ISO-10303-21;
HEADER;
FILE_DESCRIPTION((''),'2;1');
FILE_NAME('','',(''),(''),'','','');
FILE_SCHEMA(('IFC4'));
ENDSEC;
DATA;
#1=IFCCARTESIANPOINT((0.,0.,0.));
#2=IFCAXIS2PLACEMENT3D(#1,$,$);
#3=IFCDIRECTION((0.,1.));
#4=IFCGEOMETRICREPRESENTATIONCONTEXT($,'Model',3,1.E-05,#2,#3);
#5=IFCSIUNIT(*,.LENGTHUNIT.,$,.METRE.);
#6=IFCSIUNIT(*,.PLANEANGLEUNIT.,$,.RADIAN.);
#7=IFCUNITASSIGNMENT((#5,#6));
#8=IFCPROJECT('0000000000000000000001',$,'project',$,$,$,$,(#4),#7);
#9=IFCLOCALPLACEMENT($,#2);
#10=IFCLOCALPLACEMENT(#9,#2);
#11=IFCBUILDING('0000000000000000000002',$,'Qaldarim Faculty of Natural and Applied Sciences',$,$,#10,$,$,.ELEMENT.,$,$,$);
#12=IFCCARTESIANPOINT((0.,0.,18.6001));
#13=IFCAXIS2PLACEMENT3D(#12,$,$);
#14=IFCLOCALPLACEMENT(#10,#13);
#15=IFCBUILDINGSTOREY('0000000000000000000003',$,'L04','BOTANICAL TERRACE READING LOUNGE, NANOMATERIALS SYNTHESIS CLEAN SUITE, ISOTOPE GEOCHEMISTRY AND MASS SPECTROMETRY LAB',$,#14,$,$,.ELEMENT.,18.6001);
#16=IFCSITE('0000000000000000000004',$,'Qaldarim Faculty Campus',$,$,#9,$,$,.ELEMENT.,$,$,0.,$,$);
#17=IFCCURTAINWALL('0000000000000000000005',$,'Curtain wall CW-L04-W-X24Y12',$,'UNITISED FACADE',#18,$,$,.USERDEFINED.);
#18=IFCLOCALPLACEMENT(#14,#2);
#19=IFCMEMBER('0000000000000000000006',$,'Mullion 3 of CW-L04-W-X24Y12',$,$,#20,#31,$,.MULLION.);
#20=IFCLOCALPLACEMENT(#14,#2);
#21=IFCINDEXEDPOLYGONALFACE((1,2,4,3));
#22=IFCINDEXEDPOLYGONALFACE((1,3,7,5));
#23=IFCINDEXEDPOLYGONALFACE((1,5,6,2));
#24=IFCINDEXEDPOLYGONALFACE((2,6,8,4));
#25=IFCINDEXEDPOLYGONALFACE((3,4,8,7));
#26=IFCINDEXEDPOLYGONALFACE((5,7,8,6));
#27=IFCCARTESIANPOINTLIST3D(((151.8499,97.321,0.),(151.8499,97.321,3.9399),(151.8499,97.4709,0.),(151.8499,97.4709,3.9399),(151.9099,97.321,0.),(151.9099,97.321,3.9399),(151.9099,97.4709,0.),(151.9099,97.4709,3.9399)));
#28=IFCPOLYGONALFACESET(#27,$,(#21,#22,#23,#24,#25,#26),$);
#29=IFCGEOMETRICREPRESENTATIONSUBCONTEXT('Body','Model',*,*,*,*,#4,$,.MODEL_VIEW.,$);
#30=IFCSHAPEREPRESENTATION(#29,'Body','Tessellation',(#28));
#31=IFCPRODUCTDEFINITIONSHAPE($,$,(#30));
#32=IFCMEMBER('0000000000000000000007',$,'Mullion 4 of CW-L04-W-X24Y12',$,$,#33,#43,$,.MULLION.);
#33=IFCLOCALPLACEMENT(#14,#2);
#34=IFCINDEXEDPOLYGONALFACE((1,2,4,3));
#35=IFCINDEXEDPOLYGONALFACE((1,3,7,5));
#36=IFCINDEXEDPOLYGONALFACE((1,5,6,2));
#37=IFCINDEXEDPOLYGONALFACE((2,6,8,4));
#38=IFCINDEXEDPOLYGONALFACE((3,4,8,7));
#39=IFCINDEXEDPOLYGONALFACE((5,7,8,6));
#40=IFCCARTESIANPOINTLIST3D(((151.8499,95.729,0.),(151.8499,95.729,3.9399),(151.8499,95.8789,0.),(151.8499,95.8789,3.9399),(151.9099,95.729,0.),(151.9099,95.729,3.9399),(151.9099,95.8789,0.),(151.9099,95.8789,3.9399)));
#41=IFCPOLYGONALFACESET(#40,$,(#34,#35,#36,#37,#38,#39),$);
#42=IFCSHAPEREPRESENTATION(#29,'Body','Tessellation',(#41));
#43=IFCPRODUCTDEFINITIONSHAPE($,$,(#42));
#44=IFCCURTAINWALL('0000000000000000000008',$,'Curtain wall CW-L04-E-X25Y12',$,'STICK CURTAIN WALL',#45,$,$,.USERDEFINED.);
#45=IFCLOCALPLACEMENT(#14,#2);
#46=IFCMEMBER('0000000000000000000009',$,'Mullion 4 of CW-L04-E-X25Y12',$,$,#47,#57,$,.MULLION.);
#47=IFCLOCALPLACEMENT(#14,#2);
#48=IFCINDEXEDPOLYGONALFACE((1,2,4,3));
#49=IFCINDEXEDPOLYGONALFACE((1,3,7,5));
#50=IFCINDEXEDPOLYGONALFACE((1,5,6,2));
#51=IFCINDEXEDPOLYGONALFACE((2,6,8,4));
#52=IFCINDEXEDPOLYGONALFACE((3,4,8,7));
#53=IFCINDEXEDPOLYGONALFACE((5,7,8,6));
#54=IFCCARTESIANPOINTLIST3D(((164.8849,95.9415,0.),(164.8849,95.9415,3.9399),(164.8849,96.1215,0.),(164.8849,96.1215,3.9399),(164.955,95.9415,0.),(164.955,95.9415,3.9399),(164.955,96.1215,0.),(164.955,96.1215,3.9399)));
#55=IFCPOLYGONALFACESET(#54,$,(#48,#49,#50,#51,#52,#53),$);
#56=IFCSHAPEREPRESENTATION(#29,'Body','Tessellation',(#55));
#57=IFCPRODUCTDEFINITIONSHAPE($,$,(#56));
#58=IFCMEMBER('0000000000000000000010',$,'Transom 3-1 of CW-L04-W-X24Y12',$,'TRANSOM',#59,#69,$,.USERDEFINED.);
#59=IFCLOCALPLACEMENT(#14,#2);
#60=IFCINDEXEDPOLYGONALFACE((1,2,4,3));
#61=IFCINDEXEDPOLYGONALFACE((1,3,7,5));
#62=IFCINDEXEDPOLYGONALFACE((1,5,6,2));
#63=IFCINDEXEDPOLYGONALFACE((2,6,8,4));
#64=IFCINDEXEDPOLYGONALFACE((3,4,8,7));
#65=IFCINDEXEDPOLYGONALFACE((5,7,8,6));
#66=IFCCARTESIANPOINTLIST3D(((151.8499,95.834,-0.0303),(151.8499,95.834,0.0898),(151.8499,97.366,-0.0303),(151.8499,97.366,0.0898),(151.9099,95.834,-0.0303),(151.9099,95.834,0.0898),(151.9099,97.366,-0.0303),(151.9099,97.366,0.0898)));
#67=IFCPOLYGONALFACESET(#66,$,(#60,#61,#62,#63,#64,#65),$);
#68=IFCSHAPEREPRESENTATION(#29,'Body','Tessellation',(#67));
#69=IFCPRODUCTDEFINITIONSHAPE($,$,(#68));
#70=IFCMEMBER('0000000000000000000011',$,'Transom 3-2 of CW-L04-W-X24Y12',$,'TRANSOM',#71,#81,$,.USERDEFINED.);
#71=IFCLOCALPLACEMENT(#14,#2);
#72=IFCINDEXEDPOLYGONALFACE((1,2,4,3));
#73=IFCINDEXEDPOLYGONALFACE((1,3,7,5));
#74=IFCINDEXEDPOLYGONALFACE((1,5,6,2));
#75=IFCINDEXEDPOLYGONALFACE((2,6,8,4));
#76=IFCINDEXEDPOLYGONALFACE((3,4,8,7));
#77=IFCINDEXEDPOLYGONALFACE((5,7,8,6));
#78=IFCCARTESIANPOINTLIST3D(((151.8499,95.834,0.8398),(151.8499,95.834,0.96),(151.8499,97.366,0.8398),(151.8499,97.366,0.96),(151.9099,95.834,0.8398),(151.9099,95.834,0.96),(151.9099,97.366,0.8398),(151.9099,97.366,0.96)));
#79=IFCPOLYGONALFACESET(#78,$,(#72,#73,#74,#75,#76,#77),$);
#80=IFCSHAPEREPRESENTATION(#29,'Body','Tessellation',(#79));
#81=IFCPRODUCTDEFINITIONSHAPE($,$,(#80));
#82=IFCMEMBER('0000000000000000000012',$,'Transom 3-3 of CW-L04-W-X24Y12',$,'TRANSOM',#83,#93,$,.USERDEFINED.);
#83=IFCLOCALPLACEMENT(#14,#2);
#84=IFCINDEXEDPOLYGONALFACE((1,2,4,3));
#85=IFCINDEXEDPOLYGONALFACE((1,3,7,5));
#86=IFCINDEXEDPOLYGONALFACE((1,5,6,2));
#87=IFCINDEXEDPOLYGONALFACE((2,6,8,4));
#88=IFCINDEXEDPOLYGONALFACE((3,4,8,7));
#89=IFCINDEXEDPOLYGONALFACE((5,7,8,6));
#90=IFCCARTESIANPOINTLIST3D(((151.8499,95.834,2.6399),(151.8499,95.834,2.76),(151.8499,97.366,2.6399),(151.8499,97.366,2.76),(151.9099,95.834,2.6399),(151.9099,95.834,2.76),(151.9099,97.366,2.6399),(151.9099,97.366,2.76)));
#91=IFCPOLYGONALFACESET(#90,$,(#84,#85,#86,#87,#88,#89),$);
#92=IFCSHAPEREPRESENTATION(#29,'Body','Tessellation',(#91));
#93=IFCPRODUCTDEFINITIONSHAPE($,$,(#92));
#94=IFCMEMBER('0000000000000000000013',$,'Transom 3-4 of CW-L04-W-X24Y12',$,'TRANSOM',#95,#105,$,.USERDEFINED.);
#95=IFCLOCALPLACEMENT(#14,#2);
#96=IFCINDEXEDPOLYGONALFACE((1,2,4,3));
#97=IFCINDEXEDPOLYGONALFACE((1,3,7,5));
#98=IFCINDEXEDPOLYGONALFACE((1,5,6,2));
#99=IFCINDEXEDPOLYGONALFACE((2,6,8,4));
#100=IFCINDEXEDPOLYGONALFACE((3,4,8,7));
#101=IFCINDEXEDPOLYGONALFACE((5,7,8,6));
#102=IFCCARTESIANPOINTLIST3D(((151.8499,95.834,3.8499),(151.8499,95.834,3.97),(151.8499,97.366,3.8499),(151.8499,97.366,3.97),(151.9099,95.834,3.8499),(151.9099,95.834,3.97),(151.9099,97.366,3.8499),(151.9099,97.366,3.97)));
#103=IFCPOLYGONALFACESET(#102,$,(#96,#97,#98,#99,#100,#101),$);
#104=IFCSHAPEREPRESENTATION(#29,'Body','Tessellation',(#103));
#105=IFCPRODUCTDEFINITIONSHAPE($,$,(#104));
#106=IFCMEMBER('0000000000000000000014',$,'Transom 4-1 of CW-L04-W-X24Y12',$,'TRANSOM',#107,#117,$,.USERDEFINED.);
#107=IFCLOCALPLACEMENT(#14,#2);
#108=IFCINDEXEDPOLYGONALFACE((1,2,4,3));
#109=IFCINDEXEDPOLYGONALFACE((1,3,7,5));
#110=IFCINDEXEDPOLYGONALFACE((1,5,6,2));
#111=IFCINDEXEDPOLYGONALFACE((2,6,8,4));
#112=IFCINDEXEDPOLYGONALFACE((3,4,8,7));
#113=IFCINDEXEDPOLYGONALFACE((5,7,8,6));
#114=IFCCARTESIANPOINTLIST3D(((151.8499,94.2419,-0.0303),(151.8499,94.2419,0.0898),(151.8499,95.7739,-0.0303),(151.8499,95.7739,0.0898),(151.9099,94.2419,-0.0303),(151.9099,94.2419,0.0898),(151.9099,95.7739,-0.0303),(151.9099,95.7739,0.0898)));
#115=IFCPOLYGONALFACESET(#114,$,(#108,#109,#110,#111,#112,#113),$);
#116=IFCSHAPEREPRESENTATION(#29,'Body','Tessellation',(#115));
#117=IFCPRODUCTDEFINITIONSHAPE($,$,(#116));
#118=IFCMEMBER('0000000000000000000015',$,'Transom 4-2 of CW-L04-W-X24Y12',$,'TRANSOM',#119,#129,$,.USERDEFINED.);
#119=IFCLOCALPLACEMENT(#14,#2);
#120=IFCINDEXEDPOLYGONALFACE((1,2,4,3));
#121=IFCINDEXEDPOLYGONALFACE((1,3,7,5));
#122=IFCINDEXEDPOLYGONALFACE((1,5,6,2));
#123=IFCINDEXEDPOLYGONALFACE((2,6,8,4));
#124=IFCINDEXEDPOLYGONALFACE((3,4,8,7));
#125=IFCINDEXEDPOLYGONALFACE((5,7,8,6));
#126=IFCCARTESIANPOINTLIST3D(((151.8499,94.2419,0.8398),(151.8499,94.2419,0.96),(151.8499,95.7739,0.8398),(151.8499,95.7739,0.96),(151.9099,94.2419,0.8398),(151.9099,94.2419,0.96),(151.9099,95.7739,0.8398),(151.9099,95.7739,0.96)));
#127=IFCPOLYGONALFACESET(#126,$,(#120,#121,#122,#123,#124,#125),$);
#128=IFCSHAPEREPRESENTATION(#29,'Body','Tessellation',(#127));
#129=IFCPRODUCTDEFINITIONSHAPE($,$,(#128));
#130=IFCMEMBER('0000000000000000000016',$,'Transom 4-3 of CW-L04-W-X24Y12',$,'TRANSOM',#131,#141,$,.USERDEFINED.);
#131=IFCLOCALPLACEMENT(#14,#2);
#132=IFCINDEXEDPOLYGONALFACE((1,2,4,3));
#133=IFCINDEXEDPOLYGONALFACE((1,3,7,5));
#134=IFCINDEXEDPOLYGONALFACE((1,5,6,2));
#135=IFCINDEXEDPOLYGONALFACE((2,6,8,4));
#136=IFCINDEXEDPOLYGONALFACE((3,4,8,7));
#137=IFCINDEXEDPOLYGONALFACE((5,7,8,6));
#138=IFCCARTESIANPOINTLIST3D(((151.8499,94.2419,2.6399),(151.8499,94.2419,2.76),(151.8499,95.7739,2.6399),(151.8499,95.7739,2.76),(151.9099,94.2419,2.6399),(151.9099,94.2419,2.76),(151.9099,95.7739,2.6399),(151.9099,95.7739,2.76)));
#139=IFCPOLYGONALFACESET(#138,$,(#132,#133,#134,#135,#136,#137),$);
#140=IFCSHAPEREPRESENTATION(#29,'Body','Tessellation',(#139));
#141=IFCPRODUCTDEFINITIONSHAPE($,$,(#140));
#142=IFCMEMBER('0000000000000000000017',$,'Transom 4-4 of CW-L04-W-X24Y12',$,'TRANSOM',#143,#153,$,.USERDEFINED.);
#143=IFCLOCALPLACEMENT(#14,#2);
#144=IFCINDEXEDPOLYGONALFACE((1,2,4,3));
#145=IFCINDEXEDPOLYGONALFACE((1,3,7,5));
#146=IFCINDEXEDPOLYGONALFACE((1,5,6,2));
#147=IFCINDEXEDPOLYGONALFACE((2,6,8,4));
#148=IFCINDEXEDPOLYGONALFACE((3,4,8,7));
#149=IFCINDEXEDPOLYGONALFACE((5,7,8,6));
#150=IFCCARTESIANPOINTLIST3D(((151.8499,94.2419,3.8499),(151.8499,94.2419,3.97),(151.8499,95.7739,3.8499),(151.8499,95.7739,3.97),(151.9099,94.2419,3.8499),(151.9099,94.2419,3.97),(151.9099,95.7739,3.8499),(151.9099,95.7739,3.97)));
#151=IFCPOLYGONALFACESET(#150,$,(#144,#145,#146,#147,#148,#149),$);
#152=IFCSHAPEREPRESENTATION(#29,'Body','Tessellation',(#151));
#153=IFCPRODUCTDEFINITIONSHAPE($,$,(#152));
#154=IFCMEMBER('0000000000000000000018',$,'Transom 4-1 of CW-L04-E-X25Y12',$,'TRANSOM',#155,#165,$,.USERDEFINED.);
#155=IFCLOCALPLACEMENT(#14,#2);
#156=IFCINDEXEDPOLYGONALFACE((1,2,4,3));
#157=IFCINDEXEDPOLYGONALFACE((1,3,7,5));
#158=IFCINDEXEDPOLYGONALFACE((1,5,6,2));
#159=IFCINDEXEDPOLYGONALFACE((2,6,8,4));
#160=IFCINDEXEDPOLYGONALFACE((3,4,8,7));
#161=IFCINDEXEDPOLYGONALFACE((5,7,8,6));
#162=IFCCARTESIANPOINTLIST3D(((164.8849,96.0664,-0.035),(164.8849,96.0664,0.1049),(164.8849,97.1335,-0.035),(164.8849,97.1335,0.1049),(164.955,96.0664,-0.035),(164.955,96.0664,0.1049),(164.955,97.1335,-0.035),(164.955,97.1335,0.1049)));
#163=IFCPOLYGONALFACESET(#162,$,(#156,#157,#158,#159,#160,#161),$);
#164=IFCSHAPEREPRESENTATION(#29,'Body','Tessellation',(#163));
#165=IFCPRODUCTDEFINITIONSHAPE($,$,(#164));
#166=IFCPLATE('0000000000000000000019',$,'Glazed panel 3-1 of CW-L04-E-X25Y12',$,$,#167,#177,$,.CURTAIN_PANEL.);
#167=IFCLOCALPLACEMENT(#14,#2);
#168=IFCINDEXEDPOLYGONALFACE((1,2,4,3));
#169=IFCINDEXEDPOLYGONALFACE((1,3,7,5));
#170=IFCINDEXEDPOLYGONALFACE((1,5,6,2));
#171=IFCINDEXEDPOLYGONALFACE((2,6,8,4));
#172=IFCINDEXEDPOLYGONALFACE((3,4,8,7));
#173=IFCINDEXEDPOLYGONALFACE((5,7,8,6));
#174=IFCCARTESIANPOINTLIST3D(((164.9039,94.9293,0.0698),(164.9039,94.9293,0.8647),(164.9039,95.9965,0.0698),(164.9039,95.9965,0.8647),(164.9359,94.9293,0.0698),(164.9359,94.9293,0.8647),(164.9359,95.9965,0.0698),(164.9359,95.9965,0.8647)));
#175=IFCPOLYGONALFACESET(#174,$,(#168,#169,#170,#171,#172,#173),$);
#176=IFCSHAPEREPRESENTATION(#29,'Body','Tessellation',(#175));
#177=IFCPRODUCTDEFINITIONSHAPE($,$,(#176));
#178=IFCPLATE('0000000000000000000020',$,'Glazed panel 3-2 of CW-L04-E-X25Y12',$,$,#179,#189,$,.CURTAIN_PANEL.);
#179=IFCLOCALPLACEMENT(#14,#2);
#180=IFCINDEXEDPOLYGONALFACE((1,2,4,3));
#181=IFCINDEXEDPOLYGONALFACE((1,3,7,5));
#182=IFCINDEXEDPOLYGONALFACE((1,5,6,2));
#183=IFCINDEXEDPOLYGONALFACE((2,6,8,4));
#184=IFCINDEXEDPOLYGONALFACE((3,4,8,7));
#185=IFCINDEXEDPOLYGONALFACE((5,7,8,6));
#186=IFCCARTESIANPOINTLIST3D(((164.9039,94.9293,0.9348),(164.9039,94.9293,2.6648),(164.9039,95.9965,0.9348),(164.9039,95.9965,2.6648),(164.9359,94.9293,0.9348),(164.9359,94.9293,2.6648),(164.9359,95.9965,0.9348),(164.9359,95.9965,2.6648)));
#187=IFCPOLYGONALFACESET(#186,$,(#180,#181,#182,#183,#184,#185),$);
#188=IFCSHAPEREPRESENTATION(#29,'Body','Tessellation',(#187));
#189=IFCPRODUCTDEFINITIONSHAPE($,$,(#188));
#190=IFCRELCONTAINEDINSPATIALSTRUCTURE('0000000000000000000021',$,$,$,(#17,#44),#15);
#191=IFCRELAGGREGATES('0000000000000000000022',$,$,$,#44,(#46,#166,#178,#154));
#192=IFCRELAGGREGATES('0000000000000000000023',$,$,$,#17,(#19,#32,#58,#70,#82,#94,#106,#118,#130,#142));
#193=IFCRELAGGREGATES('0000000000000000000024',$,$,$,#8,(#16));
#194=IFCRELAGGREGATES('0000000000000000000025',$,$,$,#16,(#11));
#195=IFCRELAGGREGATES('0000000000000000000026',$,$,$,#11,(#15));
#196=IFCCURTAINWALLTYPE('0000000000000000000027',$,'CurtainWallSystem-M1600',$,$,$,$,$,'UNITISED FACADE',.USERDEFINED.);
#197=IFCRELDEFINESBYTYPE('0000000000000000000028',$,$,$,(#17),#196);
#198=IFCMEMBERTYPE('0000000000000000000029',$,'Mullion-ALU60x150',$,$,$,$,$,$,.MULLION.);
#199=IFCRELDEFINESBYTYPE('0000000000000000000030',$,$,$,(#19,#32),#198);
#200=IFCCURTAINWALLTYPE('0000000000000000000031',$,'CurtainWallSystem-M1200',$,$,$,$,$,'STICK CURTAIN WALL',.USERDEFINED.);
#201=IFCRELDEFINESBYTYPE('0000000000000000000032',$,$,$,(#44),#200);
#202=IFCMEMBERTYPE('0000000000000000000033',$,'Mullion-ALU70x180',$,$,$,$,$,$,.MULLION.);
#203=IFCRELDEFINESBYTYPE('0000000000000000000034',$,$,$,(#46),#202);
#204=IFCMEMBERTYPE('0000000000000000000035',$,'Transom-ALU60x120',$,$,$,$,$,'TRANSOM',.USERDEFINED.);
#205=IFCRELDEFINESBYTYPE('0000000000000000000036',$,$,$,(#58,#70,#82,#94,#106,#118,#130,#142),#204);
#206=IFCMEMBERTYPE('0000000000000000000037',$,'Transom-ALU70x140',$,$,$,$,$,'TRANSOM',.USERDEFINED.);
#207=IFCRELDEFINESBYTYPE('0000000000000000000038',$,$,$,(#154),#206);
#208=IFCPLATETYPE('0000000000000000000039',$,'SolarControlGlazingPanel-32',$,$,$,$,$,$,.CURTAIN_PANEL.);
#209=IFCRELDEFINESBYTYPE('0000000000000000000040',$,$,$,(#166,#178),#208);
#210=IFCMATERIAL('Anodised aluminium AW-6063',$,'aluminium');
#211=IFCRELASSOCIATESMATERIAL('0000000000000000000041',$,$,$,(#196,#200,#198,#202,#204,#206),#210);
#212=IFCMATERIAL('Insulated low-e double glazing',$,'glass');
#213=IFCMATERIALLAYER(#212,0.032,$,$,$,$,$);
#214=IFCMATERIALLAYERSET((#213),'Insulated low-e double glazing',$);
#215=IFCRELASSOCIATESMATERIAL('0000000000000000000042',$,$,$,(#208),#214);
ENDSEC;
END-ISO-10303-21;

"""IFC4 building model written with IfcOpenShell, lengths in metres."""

from ifc_helpers import new_model, si_unit, direction, frame, origin, origin_2d, place, context, subcontext, project, spatial, rectangle, extrude, material, layer, layer_set, material_profile, profile_set, type_object, element, aggregate, save


model = new_model("IFC4")

# Units and contexts
model_context = context("Model", 3, precision=1e-05, world=origin(), true_north=direction((0.0, 1.0)))
body_context = subcontext(model_context, "Body", "Model", "MODEL_VIEW")
ifc_project = project(units=[si_unit("LENGTHUNIT", "METRE"), si_unit("PLANEANGLEUNIT", "RADIAN")], contexts=[model_context])

# Site, building, storey
site_placement = place(None, origin())
site = spatial("IfcSite", under=ifc_project, at=site_placement, Name="Qaldarim Faculty Campus", CompositionType="ELEMENT", RefElevation=0.0)
building_placement = place(site_placement, origin())
building = spatial("IfcBuilding", under=site, at=building_placement, Name="Qaldarim Faculty of Natural and Applied Sciences", CompositionType="ELEMENT")
storey_placement = place(building_placement, frame((0.0, 0.0, 18.6001)))
storey = spatial("IfcBuildingStorey", under=building, at=storey_placement, Name="L04", Description="BOTANICAL TERRACE READING LOUNGE, NANOMATERIALS SYNTHESIS CLEAN SUITE, ISOTOPE GEOCHEMISTRY AND MASS SPECTROMETRY LAB", CompositionType="ELEMENT", Elevation=18.6001)

# Curtain wall, members
ifc_material_1 = material(Name="Anodised aluminium AW-6063", Category="aluminium")
curtain_wall_type_1 = type_object("IfcCurtainWallType", Name="CurtainWallSystem-M1600", ElementType="UNITISED FACADE", PredefinedType="USERDEFINED", material=ifc_material_1)
curtain_wall_1_placement = place(storey_placement, origin())
curtain_wall_1 = element("IfcCurtainWall", 1, at=curtain_wall_1_placement, inside=storey, type_object=curtain_wall_type_1, Name="Curtain wall CW-L04-W-X24Y12", ObjectType="UNITISED FACADE", PredefinedType="USERDEFINED")
ifc_material_profile_1 = material_profile(ifc_material_1, rectangle(XDim=0.0601, YDim=0.1499, at=origin_2d()), Name="ALU-M60x150")
ifc_profile_set_1 = profile_set([ifc_material_profile_1], Name="Anodised aluminium AW-6063")
member_type_1 = type_object("IfcMemberType", Name="Mullion-ALU60x150", PredefinedType="MULLION", material=ifc_profile_set_1)
member_1_placement = place(storey_placement, frame((151.8799, 97.396, 0.0), z_axis=(0.0, 0.0, 1.0), x_axis=(1.0, 0.0, 0.0)))
member_1 = element("IfcMember", 2, at=member_1_placement, type_object=member_type_1, Name="Mullion 3 of CW-L04-W-X24Y12", PredefinedType="MULLION", context=body_context, shape_type="SweptSolid", body=[
    extrude(rectangle(XDim=0.0601, YDim=0.1499, at=origin_2d()), origin(), (0.0, 0.0, 1.0), 3.9399),
])
member_2_placement = place(storey_placement, frame((151.8799, 95.804, 0.0), z_axis=(0.0, 0.0, 1.0), x_axis=(1.0, 0.0, 0.0)))
member_2 = element("IfcMember", 3, at=member_2_placement, type_object=member_type_1, Name="Mullion 4 of CW-L04-W-X24Y12", PredefinedType="MULLION", context=body_context, shape_type="SweptSolid", body=[
    extrude(rectangle(XDim=0.0601, YDim=0.1499, at=origin_2d()), origin(), (0.0, 0.0, 1.0), 3.9399),
])

# Curtain wall, member
curtain_wall_type_2 = type_object("IfcCurtainWallType", Name="CurtainWallSystem-M1200", ElementType="STICK CURTAIN WALL", PredefinedType="USERDEFINED", material=ifc_material_1)
curtain_wall_2_placement = place(storey_placement, origin())
curtain_wall_2 = element("IfcCurtainWall", 4, at=curtain_wall_2_placement, inside=storey, type_object=curtain_wall_type_2, Name="Curtain wall CW-L04-E-X25Y12", ObjectType="STICK CURTAIN WALL", PredefinedType="USERDEFINED")
ifc_material_profile_2 = material_profile(ifc_material_1, rectangle(XDim=0.0701, YDim=0.1799, at=origin_2d()), Name="ALU-M70x180")
ifc_profile_set_2 = profile_set([ifc_material_profile_2], Name="Anodised aluminium AW-6063")
member_type_2 = type_object("IfcMemberType", Name="Mullion-ALU70x180", PredefinedType="MULLION", material=ifc_profile_set_2)
member_3_placement = place(storey_placement, frame((164.9199, 96.0315, 0.0), z_axis=(0.0, 0.0, 1.0), x_axis=(-1.0, 0.0, 0.0)))
member_3 = element("IfcMember", 5, at=member_3_placement, type_object=member_type_2, Name="Mullion 4 of CW-L04-E-X25Y12", PredefinedType="MULLION", context=body_context, shape_type="SweptSolid", body=[
    extrude(rectangle(XDim=0.0701, YDim=0.1799, at=origin_2d()), origin(), (0.0, 0.0, 1.0), 3.9399),
])

# Members
ifc_material_profile_3 = material_profile(ifc_material_1, rectangle(XDim=0.0601, YDim=0.1201, at=origin_2d()), Name="ALU-T60x120")
ifc_profile_set_3 = profile_set([ifc_material_profile_3], Name="Anodised aluminium AW-6063")
member_type_3 = type_object("IfcMemberType", Name="Transom-ALU60x120", ElementType="TRANSOM", PredefinedType="USERDEFINED", material=ifc_profile_set_3)
member_4_placement = place(storey_placement, frame((151.8799, 97.366, 0.0298), z_axis=(0.0, -1.0, 0.0), x_axis=(1.0, 0.0, 0.0)))
member_4 = element("IfcMember", 6, at=member_4_placement, type_object=member_type_3, Name="Transom 3-1 of CW-L04-W-X24Y12", ObjectType="TRANSOM", PredefinedType="USERDEFINED", context=body_context, shape_type="SweptSolid", body=[
    extrude(rectangle(XDim=0.0601, YDim=0.1201, at=origin_2d()), origin(), (0.0, 0.0, 1.0), 1.532),
])
member_5_placement = place(storey_placement, frame((151.8799, 97.366, 0.8999), z_axis=(0.0, -1.0, 0.0), x_axis=(1.0, 0.0, 0.0)))
member_5 = element("IfcMember", 7, at=member_5_placement, type_object=member_type_3, Name="Transom 3-2 of CW-L04-W-X24Y12", ObjectType="TRANSOM", PredefinedType="USERDEFINED", context=body_context, shape_type="SweptSolid", body=[
    extrude(rectangle(XDim=0.0601, YDim=0.1201, at=origin_2d()), origin(), (0.0, 0.0, 1.0), 1.532),
])
member_6_placement = place(storey_placement, frame((151.8799, 97.366, 2.7), z_axis=(0.0, -1.0, 0.0), x_axis=(1.0, 0.0, 0.0)))
member_6 = element("IfcMember", 8, at=member_6_placement, type_object=member_type_3, Name="Transom 3-3 of CW-L04-W-X24Y12", ObjectType="TRANSOM", PredefinedType="USERDEFINED", context=body_context, shape_type="SweptSolid", body=[
    extrude(rectangle(XDim=0.0601, YDim=0.1201, at=origin_2d()), origin(), (0.0, 0.0, 1.0), 1.532),
])
member_7_placement = place(storey_placement, frame((151.8799, 97.366, 3.9099), z_axis=(0.0, -1.0, 0.0), x_axis=(1.0, 0.0, 0.0)))
member_7 = element("IfcMember", 9, at=member_7_placement, type_object=member_type_3, Name="Transom 3-4 of CW-L04-W-X24Y12", ObjectType="TRANSOM", PredefinedType="USERDEFINED", context=body_context, shape_type="SweptSolid", body=[
    extrude(rectangle(XDim=0.0601, YDim=0.1201, at=origin_2d()), origin(), (0.0, 0.0, 1.0), 1.532),
])
member_8_placement = place(storey_placement, frame((151.8799, 95.7739, 0.0298), z_axis=(0.0, -1.0, 0.0), x_axis=(1.0, 0.0, 0.0)))
member_8 = element("IfcMember", 10, at=member_8_placement, type_object=member_type_3, Name="Transom 4-1 of CW-L04-W-X24Y12", ObjectType="TRANSOM", PredefinedType="USERDEFINED", context=body_context, shape_type="SweptSolid", body=[
    extrude(rectangle(XDim=0.0601, YDim=0.1201, at=origin_2d()), origin(), (0.0, 0.0, 1.0), 1.532),
])
member_9_placement = place(storey_placement, frame((151.8799, 95.7739, 0.8999), z_axis=(0.0, -1.0, 0.0), x_axis=(1.0, 0.0, 0.0)))
member_9 = element("IfcMember", 11, at=member_9_placement, type_object=member_type_3, Name="Transom 4-2 of CW-L04-W-X24Y12", ObjectType="TRANSOM", PredefinedType="USERDEFINED", context=body_context, shape_type="SweptSolid", body=[
    extrude(rectangle(XDim=0.0601, YDim=0.1201, at=origin_2d()), origin(), (0.0, 0.0, 1.0), 1.532),
])
member_10_placement = place(storey_placement, frame((151.8799, 95.7739, 2.7), z_axis=(0.0, -1.0, 0.0), x_axis=(1.0, 0.0, 0.0)))
member_10 = element("IfcMember", 12, at=member_10_placement, type_object=member_type_3, Name="Transom 4-3 of CW-L04-W-X24Y12", ObjectType="TRANSOM", PredefinedType="USERDEFINED", context=body_context, shape_type="SweptSolid", body=[
    extrude(rectangle(XDim=0.0601, YDim=0.1201, at=origin_2d()), origin(), (0.0, 0.0, 1.0), 1.532),
])
member_11_placement = place(storey_placement, frame((151.8799, 95.7739, 3.9099), z_axis=(0.0, -1.0, 0.0), x_axis=(1.0, 0.0, 0.0)))
member_11 = element("IfcMember", 13, at=member_11_placement, type_object=member_type_3, Name="Transom 4-4 of CW-L04-W-X24Y12", ObjectType="TRANSOM", PredefinedType="USERDEFINED", context=body_context, shape_type="SweptSolid", body=[
    extrude(rectangle(XDim=0.0601, YDim=0.1201, at=origin_2d()), origin(), (0.0, 0.0, 1.0), 1.532),
])
ifc_material_profile_4 = material_profile(ifc_material_1, rectangle(XDim=0.0701, YDim=0.1399, at=origin_2d()), Name="ALU-T70x140")
ifc_profile_set_4 = profile_set([ifc_material_profile_4], Name="Anodised aluminium AW-6063")
member_type_4 = type_object("IfcMemberType", Name="Transom-ALU70x140", ElementType="TRANSOM", PredefinedType="USERDEFINED", material=ifc_profile_set_4)
member_12_placement = place(storey_placement, frame((164.9199, 96.0664, 0.0349), z_axis=(0.0, 1.0, 0.0), x_axis=(-1.0, 0.0, 0.0)))
member_12 = element("IfcMember", 14, at=member_12_placement, type_object=member_type_4, Name="Transom 4-1 of CW-L04-E-X25Y12", ObjectType="TRANSOM", PredefinedType="USERDEFINED", context=body_context, shape_type="SweptSolid", body=[
    extrude(rectangle(XDim=0.0701, YDim=0.1399, at=origin_2d()), origin(), (0.0, 0.0, 1.0), 1.0671),
])

# Plates
ifc_material_2 = material(Name="Insulated low-e double glazing", Category="glass")
ifc_layer_1 = layer(ifc_material_2, 0.032)
ifc_layer_set_1 = layer_set([ifc_layer_1], Name="Insulated low-e double glazing")
plate_type_1 = type_object("IfcPlateType", Name="SolarControlGlazingPanel-32", PredefinedType="CURTAIN_PANEL", material=ifc_layer_set_1)
plate_1_placement = place(storey_placement, frame((164.9199, 95.4629, 0.0698), z_axis=(0.0, 0.0, 1.0), x_axis=(0.0, 1.0, 0.0)))
plate_1 = element("IfcPlate", 15, at=plate_1_placement, type_object=plate_type_1, Name="Glazed panel 3-1 of CW-L04-E-X25Y12", PredefinedType="CURTAIN_PANEL", context=body_context, shape_type="SweptSolid", body=[
    extrude(rectangle(XDim=1.0671, YDim=0.032, at=origin_2d()), origin(), (0.0, 0.0, 1.0), 0.7949),
])
plate_2_placement = place(storey_placement, frame((164.9199, 95.4629, 0.9348), z_axis=(0.0, 0.0, 1.0), x_axis=(0.0, 1.0, 0.0)))
plate_2 = element("IfcPlate", 16, at=plate_2_placement, type_object=plate_type_1, Name="Glazed panel 3-2 of CW-L04-E-X25Y12", PredefinedType="CURTAIN_PANEL", context=body_context, shape_type="SweptSolid", body=[
    extrude(rectangle(XDim=1.0671, YDim=0.032, at=origin_2d()), origin(), (0.0, 0.0, 1.0), 1.73),
])
aggregate(curtain_wall_2, [member_3, plate_1, plate_2, member_12])
aggregate(curtain_wall_1, [member_1, member_2, member_4, member_5, member_6, member_7, member_8, member_9, member_10, member_11])

save(model, "model.ifc")
